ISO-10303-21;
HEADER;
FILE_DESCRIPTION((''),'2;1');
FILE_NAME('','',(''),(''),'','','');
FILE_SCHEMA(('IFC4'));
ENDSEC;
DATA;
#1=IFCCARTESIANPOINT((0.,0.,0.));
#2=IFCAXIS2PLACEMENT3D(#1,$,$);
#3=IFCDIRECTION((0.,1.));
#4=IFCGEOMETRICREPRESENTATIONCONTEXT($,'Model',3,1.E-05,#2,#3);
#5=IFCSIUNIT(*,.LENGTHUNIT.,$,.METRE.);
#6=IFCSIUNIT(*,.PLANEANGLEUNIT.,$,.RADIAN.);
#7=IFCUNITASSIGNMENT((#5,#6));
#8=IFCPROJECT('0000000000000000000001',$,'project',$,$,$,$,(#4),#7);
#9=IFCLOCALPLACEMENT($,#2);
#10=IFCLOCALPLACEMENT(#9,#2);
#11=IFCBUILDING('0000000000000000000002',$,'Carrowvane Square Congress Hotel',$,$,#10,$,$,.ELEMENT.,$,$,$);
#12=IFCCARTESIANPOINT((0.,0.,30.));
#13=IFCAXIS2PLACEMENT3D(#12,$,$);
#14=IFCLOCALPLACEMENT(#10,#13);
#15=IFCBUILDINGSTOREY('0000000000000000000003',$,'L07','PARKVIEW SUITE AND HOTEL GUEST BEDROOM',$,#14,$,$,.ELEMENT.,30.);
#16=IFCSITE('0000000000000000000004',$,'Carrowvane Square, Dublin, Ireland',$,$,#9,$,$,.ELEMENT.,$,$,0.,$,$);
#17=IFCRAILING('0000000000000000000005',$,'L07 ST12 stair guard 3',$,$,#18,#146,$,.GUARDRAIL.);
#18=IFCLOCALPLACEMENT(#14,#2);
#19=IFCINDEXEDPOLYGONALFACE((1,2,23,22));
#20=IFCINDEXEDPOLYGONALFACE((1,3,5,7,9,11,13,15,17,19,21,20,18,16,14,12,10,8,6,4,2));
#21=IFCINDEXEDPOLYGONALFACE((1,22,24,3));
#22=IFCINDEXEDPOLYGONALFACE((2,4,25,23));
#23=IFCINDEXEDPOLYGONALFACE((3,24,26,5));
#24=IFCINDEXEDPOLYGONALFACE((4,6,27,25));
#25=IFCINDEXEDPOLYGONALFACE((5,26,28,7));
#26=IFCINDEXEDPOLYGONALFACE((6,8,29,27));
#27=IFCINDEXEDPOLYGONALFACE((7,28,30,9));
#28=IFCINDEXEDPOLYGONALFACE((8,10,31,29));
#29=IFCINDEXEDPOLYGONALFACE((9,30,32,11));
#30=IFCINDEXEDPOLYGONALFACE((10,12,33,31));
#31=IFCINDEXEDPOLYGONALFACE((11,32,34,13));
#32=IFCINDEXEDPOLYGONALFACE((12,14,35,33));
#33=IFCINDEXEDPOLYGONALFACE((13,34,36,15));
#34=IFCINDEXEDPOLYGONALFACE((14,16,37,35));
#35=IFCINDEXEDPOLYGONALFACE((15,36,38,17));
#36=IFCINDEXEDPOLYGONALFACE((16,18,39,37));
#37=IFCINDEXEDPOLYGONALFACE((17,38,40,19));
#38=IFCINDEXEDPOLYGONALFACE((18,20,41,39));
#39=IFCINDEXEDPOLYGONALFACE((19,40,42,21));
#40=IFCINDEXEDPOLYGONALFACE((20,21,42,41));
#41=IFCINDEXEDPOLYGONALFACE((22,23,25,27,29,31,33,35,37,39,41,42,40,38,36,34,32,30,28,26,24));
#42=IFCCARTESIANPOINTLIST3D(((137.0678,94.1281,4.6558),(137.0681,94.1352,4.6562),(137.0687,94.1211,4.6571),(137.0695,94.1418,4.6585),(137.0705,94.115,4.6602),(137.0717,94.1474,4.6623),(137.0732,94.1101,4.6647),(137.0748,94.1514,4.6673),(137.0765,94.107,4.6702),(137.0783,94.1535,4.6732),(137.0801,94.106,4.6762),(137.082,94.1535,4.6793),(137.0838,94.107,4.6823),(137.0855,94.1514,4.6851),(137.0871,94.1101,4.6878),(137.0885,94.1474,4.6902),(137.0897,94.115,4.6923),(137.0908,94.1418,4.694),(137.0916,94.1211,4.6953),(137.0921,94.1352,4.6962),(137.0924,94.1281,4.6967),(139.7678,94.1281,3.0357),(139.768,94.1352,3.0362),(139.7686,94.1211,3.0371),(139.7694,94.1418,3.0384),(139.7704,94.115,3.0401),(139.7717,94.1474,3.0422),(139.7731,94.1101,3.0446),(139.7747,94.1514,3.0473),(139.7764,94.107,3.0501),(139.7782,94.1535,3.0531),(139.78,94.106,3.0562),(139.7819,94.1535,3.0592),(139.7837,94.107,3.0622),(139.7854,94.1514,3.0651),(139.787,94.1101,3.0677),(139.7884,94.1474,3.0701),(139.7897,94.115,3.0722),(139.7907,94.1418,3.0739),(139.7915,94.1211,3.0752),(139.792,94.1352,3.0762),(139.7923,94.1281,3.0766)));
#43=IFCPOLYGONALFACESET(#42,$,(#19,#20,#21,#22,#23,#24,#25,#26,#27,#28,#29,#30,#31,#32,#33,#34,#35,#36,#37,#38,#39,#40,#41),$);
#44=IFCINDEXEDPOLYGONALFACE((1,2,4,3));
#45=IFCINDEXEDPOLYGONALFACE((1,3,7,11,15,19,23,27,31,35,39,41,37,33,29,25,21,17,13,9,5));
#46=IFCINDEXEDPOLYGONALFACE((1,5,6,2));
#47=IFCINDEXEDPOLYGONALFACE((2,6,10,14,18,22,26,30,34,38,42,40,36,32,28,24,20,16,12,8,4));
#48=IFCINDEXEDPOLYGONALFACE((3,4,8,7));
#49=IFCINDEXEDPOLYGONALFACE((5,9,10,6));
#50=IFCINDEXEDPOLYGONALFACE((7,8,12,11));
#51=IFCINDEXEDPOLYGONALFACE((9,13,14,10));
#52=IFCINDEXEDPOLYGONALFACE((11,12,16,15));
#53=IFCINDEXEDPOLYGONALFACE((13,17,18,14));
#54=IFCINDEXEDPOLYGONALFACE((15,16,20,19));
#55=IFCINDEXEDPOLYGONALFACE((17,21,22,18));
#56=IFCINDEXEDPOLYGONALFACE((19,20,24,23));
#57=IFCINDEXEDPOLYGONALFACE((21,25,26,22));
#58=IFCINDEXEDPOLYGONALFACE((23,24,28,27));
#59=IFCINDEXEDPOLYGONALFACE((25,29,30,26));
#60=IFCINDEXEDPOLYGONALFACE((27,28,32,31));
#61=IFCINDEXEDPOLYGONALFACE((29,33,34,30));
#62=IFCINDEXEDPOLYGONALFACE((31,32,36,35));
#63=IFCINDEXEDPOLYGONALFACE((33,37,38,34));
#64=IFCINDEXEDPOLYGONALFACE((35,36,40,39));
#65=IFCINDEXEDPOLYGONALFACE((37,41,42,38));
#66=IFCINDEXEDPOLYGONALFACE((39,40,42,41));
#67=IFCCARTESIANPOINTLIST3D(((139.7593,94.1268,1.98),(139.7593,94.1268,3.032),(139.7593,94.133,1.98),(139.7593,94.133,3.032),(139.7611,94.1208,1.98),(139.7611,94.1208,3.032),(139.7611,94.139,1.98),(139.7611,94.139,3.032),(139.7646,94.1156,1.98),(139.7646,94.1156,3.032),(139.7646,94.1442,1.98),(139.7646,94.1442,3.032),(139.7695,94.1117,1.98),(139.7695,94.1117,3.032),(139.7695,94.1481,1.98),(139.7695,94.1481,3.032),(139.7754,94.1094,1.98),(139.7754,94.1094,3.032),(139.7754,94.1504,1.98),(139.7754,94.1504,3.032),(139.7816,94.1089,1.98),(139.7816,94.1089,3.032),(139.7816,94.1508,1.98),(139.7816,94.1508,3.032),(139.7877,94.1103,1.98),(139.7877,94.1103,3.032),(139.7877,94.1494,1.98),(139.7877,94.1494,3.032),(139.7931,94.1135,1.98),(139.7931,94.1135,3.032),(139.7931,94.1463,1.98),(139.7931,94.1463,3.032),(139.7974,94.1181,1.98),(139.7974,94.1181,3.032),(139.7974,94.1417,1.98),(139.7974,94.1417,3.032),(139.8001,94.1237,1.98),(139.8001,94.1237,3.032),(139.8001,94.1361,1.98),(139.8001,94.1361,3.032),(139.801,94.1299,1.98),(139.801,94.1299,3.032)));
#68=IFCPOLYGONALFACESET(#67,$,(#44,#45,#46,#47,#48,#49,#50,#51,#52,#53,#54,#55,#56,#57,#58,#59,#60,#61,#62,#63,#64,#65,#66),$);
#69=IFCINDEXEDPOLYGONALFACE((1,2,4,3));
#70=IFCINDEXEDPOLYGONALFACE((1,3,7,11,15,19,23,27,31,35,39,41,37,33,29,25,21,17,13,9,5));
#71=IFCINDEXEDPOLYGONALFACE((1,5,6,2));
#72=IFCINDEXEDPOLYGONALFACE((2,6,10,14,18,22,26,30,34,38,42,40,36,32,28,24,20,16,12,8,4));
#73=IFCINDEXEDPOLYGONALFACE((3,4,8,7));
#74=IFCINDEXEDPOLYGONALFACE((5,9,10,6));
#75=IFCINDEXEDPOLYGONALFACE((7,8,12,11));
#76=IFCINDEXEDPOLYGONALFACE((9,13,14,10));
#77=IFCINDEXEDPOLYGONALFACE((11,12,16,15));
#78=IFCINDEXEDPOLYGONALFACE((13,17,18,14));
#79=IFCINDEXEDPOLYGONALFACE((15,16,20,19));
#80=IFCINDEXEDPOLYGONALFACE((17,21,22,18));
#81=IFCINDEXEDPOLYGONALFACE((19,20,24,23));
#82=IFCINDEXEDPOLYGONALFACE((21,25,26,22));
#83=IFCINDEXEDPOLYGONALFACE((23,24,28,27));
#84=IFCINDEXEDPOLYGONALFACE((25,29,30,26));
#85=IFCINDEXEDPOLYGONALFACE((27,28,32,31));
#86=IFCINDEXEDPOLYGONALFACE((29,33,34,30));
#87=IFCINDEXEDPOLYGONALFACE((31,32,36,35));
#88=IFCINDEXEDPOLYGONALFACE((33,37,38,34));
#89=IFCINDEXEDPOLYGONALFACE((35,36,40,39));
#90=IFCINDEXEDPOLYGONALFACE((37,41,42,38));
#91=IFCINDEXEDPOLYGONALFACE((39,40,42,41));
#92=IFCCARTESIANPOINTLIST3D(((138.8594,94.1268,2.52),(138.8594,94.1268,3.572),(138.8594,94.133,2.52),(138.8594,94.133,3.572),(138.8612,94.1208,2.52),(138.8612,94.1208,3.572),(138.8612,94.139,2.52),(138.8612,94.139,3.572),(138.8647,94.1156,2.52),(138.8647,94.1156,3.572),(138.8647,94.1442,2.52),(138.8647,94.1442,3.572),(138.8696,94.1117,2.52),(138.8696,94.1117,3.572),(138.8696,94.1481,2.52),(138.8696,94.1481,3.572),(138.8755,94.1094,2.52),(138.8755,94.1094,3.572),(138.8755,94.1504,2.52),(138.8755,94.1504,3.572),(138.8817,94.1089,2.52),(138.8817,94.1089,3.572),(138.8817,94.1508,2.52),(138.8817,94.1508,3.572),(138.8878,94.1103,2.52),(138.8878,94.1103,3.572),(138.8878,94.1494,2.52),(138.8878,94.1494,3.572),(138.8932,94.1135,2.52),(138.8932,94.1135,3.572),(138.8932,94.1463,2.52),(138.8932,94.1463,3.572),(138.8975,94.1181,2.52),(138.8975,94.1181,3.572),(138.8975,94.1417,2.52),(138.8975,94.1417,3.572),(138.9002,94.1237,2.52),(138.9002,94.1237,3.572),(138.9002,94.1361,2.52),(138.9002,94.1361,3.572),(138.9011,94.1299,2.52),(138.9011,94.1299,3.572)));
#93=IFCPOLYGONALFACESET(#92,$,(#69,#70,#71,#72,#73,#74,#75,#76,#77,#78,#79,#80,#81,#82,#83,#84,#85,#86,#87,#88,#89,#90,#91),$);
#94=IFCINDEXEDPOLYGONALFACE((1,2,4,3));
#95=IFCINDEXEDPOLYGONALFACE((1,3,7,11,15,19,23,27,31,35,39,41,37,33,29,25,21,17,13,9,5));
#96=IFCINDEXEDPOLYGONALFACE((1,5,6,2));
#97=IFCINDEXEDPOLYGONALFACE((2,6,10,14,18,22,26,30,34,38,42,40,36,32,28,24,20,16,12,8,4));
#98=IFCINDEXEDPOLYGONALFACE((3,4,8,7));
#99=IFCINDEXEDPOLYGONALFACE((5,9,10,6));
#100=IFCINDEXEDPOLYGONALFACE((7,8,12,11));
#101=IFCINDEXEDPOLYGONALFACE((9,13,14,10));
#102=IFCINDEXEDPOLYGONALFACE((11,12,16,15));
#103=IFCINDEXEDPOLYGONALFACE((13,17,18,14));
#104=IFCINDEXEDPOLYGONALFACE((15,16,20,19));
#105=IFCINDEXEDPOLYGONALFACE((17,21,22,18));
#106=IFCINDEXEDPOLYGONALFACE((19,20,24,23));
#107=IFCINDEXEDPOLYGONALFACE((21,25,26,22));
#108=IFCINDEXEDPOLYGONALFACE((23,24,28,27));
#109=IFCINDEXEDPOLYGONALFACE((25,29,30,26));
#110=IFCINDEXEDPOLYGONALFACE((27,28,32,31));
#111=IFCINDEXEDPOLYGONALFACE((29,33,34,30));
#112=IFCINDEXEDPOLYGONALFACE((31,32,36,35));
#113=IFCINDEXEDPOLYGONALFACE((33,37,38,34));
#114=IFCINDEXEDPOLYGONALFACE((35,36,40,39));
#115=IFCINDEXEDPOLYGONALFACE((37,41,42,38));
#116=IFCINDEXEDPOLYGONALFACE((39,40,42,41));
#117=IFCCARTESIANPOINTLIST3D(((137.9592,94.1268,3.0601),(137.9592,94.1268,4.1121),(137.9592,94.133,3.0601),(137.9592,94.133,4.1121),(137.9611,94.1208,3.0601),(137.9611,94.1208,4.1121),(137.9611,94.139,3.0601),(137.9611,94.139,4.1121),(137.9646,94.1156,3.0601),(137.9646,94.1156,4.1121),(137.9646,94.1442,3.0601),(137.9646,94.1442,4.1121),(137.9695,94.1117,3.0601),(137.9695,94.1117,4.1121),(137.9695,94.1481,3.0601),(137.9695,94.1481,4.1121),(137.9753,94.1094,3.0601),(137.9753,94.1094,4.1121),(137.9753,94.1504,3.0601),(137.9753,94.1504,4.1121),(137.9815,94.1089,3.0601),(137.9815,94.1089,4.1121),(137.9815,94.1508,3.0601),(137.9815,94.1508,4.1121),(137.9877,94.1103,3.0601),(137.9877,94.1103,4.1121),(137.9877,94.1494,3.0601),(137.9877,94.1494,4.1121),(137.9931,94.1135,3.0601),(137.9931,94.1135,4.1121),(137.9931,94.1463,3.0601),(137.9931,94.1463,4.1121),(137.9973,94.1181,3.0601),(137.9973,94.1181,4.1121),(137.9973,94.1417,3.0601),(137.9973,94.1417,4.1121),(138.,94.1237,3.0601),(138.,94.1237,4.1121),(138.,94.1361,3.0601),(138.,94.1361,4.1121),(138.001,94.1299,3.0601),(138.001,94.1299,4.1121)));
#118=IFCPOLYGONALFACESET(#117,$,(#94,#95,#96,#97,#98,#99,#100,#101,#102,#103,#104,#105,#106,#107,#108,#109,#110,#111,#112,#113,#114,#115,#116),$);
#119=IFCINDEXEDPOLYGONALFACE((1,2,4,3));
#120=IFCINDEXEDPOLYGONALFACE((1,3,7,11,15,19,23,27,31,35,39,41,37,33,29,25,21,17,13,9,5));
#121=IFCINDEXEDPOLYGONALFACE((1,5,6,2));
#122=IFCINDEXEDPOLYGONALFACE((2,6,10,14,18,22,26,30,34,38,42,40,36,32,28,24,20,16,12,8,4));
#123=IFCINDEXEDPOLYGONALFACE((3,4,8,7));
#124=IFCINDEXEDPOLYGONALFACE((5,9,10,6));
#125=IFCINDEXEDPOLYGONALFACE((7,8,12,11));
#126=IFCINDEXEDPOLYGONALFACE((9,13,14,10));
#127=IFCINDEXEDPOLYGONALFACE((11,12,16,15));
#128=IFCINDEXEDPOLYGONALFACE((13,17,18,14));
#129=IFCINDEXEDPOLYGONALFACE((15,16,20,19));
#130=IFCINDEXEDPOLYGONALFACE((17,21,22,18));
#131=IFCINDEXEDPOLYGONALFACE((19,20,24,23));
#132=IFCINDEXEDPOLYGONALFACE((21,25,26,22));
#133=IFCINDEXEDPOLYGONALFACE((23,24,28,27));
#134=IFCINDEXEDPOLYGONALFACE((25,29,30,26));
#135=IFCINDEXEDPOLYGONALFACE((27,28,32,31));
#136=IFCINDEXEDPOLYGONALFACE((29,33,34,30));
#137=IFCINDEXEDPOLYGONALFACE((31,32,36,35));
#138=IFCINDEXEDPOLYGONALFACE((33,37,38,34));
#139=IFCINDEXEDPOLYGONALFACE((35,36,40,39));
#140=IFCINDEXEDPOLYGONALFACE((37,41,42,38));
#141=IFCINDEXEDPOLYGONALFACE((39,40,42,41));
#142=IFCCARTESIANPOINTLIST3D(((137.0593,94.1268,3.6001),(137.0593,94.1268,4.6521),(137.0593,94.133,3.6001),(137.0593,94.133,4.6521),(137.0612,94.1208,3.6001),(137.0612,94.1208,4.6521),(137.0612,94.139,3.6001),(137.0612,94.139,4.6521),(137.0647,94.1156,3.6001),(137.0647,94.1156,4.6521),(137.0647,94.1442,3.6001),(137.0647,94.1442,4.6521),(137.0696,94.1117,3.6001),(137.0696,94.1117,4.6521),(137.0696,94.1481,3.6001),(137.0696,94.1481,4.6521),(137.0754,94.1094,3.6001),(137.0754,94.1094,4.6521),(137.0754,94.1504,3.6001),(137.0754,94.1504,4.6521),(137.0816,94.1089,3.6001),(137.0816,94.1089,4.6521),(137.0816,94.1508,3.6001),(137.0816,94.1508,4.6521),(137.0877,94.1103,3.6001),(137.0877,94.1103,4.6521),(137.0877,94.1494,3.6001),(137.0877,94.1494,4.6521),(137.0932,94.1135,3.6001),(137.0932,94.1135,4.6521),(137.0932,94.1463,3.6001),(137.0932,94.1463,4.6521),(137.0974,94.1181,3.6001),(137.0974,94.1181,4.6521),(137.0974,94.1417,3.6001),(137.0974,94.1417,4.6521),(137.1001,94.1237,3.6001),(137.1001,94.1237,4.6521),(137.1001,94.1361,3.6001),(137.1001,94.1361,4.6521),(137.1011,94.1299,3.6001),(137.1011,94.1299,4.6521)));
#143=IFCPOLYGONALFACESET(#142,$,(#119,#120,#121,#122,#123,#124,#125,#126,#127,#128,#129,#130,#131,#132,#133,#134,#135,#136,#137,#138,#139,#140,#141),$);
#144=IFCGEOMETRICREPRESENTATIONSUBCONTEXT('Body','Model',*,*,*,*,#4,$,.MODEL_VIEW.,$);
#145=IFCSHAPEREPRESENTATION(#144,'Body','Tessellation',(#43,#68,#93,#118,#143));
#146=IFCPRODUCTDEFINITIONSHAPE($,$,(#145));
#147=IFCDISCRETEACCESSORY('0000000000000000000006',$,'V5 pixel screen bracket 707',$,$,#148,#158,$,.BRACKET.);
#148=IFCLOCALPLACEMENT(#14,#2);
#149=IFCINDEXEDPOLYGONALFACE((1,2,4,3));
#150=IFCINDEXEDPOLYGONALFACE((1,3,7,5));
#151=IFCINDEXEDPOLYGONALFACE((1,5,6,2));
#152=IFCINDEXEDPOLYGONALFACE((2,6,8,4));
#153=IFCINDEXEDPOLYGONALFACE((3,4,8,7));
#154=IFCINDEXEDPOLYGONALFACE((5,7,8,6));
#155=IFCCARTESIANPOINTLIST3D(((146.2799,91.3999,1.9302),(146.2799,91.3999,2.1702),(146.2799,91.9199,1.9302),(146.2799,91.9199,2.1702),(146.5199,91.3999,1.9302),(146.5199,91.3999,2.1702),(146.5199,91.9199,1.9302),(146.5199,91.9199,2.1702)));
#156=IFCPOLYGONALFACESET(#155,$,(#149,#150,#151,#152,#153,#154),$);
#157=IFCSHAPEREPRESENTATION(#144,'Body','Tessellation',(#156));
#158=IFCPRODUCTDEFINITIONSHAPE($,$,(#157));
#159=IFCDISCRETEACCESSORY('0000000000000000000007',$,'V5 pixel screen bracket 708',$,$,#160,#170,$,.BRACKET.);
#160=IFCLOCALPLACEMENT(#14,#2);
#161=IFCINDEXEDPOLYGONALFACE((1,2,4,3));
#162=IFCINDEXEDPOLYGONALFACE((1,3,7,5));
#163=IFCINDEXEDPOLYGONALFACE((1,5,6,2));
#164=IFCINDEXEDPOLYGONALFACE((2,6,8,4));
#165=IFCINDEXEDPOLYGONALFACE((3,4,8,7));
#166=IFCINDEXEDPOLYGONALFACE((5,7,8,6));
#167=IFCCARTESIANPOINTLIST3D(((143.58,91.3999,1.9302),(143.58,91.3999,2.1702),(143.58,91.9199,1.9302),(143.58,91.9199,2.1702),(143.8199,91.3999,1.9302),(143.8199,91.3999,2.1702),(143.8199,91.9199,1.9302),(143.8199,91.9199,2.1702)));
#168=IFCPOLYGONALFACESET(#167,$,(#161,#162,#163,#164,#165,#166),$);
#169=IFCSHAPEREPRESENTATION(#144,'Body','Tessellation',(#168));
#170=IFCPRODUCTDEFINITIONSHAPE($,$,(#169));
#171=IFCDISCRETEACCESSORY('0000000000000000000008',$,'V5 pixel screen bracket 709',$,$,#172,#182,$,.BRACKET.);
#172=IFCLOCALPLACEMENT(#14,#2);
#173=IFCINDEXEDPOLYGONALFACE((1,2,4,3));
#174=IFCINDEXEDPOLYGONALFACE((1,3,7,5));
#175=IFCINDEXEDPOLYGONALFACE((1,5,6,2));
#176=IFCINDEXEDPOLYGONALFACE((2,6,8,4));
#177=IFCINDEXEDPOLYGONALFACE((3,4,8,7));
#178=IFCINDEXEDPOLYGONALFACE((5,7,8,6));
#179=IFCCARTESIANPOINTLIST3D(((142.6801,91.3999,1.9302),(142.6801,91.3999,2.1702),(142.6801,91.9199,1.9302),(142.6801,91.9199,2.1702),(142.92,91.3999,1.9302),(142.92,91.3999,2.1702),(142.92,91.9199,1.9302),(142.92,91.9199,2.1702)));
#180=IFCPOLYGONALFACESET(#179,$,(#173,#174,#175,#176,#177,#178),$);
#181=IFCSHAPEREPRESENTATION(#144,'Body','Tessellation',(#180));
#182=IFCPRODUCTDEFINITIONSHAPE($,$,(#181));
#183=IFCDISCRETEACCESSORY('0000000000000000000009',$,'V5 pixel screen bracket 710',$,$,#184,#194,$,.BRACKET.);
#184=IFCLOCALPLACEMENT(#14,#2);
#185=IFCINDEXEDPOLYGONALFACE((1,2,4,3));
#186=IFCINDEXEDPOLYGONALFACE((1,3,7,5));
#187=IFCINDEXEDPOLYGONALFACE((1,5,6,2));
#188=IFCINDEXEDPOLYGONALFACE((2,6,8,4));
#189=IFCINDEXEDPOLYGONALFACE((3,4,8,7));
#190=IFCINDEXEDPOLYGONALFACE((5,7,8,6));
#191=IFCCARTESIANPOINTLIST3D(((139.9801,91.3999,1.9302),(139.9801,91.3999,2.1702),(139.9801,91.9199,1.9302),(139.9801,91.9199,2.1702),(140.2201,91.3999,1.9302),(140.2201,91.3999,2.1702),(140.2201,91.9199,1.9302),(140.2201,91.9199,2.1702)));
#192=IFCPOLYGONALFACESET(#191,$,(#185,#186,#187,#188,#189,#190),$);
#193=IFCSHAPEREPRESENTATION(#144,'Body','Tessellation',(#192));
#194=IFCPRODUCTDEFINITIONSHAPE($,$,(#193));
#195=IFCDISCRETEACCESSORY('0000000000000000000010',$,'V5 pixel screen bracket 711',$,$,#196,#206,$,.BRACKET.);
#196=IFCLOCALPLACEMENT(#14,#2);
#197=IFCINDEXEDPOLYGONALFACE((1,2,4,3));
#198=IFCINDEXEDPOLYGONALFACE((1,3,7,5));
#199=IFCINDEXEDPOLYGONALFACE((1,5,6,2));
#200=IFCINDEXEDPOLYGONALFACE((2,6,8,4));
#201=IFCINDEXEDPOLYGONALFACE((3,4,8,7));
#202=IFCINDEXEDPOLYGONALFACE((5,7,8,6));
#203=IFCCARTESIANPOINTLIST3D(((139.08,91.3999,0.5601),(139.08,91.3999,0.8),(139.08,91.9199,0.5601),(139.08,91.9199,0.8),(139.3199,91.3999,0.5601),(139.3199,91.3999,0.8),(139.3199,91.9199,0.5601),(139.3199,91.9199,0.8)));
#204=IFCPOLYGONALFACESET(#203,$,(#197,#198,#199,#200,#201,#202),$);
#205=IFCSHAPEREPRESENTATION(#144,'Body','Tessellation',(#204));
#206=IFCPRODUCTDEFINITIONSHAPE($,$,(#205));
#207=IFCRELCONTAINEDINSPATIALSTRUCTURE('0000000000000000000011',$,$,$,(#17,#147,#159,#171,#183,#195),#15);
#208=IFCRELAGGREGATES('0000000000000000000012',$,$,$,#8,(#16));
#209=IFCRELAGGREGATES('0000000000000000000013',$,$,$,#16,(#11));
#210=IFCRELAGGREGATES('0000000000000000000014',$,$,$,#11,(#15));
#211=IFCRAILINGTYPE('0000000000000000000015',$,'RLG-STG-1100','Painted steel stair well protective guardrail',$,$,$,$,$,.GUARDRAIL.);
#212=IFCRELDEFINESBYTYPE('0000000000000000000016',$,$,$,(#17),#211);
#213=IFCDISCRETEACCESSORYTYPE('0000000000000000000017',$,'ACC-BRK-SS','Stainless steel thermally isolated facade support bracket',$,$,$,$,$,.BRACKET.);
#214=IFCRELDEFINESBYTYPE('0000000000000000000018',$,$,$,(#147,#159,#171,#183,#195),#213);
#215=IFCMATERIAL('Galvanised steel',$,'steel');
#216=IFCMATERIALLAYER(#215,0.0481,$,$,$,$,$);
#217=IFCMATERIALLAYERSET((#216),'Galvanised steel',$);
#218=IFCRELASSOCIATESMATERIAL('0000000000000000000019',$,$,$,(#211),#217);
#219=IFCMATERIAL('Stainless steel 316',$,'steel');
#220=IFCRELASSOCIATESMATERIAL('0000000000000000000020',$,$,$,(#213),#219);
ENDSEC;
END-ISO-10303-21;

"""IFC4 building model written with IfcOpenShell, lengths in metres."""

from ifc_helpers import new_model, si_unit, direction, frame, origin, origin_2d, place, context, subcontext, project, spatial, rectangle, circle, extrude, material, layer, layer_set, type_object, element, save


model = new_model("IFC4")

# Units and contexts
model_context = context("Model", 3, precision=1e-05, world=origin(), true_north=direction((0.0, 1.0)))
body_context = subcontext(model_context, "Body", "Model", "MODEL_VIEW")
ifc_project = project(units=[si_unit("LENGTHUNIT", "METRE"), si_unit("PLANEANGLEUNIT", "RADIAN")], contexts=[model_context])

# Site, building, storey
site_placement = place(None, origin())
site = spatial("IfcSite", under=ifc_project, at=site_placement, Name="Carrowvane Square, Dublin, Ireland", CompositionType="ELEMENT", RefElevation=0.0)
building_placement = place(site_placement, origin())
building = spatial("IfcBuilding", under=site, at=building_placement, Name="Carrowvane Square Congress Hotel", CompositionType="ELEMENT")
storey_placement = place(building_placement, frame((0.0, 0.0, 30.0)))
storey = spatial("IfcBuildingStorey", under=building, at=storey_placement, Name="L07", Description="PARKVIEW SUITE AND HOTEL GUEST BEDROOM", CompositionType="ELEMENT", Elevation=30.0)

# Railing
ifc_material_1 = material(Name="Galvanised steel", Category="steel")
ifc_layer_1 = layer(ifc_material_1, 0.0481)
ifc_layer_set_1 = layer_set([ifc_layer_1], Name="Galvanised steel")
railing_type_1 = type_object("IfcRailingType", Name="RLG-STG-1100", Description="Painted steel stair well protective guardrail", PredefinedType="GUARDRAIL", material=ifc_layer_set_1)
railing_1_placement = place(storey_placement, frame((139.78, 94.1299, 1.98)))
element("IfcRailing", 1, at=railing_1_placement, inside=storey, type_object=railing_type_1, Name="L07 ST12 stair guard 3", PredefinedType="GUARDRAIL", context=body_context, shape_type="SweptSolid", body=[
    extrude(circle(Radius=0.0239, at=origin_2d()), frame((0.0, 0.0, 1.0762), z_axis=(-0.857472, 0.0, 0.51453), x_axis=(0.0, -1.0, 0.0)), (0.0, 0.0, 1.0), 3.1487),
    extrude(circle(Radius=0.021, at=origin_2d()), origin(), (0.0, 0.0, 1.0), 1.052),
    extrude(circle(Radius=0.021, at=origin_2d()), frame((-0.8999, 0.0, 0.54)), (0.0, 0.0, 1.0), 1.052),
    extrude(circle(Radius=0.021, at=origin_2d()), frame((-1.8, 0.0, 1.0801)), (0.0, 0.0, 1.0), 1.052),
    extrude(circle(Radius=0.021, at=origin_2d()), frame((-2.7, 0.0, 1.6201)), (0.0, 0.0, 1.0), 1.052),
])

# Discrete accessories
ifc_material_2 = material(Name="Stainless steel 316", Category="steel")
discrete_accessory_type = type_object("IfcDiscreteAccessoryType", Name="ACC-BRK-SS", Description="Stainless steel thermally isolated facade support bracket", PredefinedType="BRACKET", material=ifc_material_2)
for number, where, z_axis, x_axis, name in (
    (2, (146.3999, 91.6599, 1.9302), (0.0, 0.0, 1.0), (-1.0, 0.0, 0.0), "V5 pixel screen bracket 707"),
    (3, (143.7, 91.6599, 1.9302), (0.0, 0.0, 1.0), (-1.0, 0.0, 0.0), "V5 pixel screen bracket 708"),
    (4, (142.8, 91.6599, 1.9302), (0.0, 0.0, 1.0), (-1.0, 0.0, 0.0), "V5 pixel screen bracket 709"),
    (5, (140.1001, 91.6599, 1.9302), (0.0, 0.0, 1.0), (-1.0, 0.0, 0.0), "V5 pixel screen bracket 710"),
    (6, (139.2, 91.6599, 0.5601), (0.0, 0.0, 1.0), (-1.0, 0.0, 0.0), "V5 pixel screen bracket 711"),
):
    element("IfcDiscreteAccessory", number, at=place(storey_placement, frame(where, z_axis=z_axis, x_axis=x_axis)), inside=storey, type_object=discrete_accessory_type, Name=name, PredefinedType="BRACKET", context=body_context, shape_type="SweptSolid", body=[
        extrude(rectangle(XDim=0.24, YDim=0.52, at=origin_2d()), origin(), (0.0, 0.0, 1.0), 0.24),
    ])

save(model, "model.ifc")
